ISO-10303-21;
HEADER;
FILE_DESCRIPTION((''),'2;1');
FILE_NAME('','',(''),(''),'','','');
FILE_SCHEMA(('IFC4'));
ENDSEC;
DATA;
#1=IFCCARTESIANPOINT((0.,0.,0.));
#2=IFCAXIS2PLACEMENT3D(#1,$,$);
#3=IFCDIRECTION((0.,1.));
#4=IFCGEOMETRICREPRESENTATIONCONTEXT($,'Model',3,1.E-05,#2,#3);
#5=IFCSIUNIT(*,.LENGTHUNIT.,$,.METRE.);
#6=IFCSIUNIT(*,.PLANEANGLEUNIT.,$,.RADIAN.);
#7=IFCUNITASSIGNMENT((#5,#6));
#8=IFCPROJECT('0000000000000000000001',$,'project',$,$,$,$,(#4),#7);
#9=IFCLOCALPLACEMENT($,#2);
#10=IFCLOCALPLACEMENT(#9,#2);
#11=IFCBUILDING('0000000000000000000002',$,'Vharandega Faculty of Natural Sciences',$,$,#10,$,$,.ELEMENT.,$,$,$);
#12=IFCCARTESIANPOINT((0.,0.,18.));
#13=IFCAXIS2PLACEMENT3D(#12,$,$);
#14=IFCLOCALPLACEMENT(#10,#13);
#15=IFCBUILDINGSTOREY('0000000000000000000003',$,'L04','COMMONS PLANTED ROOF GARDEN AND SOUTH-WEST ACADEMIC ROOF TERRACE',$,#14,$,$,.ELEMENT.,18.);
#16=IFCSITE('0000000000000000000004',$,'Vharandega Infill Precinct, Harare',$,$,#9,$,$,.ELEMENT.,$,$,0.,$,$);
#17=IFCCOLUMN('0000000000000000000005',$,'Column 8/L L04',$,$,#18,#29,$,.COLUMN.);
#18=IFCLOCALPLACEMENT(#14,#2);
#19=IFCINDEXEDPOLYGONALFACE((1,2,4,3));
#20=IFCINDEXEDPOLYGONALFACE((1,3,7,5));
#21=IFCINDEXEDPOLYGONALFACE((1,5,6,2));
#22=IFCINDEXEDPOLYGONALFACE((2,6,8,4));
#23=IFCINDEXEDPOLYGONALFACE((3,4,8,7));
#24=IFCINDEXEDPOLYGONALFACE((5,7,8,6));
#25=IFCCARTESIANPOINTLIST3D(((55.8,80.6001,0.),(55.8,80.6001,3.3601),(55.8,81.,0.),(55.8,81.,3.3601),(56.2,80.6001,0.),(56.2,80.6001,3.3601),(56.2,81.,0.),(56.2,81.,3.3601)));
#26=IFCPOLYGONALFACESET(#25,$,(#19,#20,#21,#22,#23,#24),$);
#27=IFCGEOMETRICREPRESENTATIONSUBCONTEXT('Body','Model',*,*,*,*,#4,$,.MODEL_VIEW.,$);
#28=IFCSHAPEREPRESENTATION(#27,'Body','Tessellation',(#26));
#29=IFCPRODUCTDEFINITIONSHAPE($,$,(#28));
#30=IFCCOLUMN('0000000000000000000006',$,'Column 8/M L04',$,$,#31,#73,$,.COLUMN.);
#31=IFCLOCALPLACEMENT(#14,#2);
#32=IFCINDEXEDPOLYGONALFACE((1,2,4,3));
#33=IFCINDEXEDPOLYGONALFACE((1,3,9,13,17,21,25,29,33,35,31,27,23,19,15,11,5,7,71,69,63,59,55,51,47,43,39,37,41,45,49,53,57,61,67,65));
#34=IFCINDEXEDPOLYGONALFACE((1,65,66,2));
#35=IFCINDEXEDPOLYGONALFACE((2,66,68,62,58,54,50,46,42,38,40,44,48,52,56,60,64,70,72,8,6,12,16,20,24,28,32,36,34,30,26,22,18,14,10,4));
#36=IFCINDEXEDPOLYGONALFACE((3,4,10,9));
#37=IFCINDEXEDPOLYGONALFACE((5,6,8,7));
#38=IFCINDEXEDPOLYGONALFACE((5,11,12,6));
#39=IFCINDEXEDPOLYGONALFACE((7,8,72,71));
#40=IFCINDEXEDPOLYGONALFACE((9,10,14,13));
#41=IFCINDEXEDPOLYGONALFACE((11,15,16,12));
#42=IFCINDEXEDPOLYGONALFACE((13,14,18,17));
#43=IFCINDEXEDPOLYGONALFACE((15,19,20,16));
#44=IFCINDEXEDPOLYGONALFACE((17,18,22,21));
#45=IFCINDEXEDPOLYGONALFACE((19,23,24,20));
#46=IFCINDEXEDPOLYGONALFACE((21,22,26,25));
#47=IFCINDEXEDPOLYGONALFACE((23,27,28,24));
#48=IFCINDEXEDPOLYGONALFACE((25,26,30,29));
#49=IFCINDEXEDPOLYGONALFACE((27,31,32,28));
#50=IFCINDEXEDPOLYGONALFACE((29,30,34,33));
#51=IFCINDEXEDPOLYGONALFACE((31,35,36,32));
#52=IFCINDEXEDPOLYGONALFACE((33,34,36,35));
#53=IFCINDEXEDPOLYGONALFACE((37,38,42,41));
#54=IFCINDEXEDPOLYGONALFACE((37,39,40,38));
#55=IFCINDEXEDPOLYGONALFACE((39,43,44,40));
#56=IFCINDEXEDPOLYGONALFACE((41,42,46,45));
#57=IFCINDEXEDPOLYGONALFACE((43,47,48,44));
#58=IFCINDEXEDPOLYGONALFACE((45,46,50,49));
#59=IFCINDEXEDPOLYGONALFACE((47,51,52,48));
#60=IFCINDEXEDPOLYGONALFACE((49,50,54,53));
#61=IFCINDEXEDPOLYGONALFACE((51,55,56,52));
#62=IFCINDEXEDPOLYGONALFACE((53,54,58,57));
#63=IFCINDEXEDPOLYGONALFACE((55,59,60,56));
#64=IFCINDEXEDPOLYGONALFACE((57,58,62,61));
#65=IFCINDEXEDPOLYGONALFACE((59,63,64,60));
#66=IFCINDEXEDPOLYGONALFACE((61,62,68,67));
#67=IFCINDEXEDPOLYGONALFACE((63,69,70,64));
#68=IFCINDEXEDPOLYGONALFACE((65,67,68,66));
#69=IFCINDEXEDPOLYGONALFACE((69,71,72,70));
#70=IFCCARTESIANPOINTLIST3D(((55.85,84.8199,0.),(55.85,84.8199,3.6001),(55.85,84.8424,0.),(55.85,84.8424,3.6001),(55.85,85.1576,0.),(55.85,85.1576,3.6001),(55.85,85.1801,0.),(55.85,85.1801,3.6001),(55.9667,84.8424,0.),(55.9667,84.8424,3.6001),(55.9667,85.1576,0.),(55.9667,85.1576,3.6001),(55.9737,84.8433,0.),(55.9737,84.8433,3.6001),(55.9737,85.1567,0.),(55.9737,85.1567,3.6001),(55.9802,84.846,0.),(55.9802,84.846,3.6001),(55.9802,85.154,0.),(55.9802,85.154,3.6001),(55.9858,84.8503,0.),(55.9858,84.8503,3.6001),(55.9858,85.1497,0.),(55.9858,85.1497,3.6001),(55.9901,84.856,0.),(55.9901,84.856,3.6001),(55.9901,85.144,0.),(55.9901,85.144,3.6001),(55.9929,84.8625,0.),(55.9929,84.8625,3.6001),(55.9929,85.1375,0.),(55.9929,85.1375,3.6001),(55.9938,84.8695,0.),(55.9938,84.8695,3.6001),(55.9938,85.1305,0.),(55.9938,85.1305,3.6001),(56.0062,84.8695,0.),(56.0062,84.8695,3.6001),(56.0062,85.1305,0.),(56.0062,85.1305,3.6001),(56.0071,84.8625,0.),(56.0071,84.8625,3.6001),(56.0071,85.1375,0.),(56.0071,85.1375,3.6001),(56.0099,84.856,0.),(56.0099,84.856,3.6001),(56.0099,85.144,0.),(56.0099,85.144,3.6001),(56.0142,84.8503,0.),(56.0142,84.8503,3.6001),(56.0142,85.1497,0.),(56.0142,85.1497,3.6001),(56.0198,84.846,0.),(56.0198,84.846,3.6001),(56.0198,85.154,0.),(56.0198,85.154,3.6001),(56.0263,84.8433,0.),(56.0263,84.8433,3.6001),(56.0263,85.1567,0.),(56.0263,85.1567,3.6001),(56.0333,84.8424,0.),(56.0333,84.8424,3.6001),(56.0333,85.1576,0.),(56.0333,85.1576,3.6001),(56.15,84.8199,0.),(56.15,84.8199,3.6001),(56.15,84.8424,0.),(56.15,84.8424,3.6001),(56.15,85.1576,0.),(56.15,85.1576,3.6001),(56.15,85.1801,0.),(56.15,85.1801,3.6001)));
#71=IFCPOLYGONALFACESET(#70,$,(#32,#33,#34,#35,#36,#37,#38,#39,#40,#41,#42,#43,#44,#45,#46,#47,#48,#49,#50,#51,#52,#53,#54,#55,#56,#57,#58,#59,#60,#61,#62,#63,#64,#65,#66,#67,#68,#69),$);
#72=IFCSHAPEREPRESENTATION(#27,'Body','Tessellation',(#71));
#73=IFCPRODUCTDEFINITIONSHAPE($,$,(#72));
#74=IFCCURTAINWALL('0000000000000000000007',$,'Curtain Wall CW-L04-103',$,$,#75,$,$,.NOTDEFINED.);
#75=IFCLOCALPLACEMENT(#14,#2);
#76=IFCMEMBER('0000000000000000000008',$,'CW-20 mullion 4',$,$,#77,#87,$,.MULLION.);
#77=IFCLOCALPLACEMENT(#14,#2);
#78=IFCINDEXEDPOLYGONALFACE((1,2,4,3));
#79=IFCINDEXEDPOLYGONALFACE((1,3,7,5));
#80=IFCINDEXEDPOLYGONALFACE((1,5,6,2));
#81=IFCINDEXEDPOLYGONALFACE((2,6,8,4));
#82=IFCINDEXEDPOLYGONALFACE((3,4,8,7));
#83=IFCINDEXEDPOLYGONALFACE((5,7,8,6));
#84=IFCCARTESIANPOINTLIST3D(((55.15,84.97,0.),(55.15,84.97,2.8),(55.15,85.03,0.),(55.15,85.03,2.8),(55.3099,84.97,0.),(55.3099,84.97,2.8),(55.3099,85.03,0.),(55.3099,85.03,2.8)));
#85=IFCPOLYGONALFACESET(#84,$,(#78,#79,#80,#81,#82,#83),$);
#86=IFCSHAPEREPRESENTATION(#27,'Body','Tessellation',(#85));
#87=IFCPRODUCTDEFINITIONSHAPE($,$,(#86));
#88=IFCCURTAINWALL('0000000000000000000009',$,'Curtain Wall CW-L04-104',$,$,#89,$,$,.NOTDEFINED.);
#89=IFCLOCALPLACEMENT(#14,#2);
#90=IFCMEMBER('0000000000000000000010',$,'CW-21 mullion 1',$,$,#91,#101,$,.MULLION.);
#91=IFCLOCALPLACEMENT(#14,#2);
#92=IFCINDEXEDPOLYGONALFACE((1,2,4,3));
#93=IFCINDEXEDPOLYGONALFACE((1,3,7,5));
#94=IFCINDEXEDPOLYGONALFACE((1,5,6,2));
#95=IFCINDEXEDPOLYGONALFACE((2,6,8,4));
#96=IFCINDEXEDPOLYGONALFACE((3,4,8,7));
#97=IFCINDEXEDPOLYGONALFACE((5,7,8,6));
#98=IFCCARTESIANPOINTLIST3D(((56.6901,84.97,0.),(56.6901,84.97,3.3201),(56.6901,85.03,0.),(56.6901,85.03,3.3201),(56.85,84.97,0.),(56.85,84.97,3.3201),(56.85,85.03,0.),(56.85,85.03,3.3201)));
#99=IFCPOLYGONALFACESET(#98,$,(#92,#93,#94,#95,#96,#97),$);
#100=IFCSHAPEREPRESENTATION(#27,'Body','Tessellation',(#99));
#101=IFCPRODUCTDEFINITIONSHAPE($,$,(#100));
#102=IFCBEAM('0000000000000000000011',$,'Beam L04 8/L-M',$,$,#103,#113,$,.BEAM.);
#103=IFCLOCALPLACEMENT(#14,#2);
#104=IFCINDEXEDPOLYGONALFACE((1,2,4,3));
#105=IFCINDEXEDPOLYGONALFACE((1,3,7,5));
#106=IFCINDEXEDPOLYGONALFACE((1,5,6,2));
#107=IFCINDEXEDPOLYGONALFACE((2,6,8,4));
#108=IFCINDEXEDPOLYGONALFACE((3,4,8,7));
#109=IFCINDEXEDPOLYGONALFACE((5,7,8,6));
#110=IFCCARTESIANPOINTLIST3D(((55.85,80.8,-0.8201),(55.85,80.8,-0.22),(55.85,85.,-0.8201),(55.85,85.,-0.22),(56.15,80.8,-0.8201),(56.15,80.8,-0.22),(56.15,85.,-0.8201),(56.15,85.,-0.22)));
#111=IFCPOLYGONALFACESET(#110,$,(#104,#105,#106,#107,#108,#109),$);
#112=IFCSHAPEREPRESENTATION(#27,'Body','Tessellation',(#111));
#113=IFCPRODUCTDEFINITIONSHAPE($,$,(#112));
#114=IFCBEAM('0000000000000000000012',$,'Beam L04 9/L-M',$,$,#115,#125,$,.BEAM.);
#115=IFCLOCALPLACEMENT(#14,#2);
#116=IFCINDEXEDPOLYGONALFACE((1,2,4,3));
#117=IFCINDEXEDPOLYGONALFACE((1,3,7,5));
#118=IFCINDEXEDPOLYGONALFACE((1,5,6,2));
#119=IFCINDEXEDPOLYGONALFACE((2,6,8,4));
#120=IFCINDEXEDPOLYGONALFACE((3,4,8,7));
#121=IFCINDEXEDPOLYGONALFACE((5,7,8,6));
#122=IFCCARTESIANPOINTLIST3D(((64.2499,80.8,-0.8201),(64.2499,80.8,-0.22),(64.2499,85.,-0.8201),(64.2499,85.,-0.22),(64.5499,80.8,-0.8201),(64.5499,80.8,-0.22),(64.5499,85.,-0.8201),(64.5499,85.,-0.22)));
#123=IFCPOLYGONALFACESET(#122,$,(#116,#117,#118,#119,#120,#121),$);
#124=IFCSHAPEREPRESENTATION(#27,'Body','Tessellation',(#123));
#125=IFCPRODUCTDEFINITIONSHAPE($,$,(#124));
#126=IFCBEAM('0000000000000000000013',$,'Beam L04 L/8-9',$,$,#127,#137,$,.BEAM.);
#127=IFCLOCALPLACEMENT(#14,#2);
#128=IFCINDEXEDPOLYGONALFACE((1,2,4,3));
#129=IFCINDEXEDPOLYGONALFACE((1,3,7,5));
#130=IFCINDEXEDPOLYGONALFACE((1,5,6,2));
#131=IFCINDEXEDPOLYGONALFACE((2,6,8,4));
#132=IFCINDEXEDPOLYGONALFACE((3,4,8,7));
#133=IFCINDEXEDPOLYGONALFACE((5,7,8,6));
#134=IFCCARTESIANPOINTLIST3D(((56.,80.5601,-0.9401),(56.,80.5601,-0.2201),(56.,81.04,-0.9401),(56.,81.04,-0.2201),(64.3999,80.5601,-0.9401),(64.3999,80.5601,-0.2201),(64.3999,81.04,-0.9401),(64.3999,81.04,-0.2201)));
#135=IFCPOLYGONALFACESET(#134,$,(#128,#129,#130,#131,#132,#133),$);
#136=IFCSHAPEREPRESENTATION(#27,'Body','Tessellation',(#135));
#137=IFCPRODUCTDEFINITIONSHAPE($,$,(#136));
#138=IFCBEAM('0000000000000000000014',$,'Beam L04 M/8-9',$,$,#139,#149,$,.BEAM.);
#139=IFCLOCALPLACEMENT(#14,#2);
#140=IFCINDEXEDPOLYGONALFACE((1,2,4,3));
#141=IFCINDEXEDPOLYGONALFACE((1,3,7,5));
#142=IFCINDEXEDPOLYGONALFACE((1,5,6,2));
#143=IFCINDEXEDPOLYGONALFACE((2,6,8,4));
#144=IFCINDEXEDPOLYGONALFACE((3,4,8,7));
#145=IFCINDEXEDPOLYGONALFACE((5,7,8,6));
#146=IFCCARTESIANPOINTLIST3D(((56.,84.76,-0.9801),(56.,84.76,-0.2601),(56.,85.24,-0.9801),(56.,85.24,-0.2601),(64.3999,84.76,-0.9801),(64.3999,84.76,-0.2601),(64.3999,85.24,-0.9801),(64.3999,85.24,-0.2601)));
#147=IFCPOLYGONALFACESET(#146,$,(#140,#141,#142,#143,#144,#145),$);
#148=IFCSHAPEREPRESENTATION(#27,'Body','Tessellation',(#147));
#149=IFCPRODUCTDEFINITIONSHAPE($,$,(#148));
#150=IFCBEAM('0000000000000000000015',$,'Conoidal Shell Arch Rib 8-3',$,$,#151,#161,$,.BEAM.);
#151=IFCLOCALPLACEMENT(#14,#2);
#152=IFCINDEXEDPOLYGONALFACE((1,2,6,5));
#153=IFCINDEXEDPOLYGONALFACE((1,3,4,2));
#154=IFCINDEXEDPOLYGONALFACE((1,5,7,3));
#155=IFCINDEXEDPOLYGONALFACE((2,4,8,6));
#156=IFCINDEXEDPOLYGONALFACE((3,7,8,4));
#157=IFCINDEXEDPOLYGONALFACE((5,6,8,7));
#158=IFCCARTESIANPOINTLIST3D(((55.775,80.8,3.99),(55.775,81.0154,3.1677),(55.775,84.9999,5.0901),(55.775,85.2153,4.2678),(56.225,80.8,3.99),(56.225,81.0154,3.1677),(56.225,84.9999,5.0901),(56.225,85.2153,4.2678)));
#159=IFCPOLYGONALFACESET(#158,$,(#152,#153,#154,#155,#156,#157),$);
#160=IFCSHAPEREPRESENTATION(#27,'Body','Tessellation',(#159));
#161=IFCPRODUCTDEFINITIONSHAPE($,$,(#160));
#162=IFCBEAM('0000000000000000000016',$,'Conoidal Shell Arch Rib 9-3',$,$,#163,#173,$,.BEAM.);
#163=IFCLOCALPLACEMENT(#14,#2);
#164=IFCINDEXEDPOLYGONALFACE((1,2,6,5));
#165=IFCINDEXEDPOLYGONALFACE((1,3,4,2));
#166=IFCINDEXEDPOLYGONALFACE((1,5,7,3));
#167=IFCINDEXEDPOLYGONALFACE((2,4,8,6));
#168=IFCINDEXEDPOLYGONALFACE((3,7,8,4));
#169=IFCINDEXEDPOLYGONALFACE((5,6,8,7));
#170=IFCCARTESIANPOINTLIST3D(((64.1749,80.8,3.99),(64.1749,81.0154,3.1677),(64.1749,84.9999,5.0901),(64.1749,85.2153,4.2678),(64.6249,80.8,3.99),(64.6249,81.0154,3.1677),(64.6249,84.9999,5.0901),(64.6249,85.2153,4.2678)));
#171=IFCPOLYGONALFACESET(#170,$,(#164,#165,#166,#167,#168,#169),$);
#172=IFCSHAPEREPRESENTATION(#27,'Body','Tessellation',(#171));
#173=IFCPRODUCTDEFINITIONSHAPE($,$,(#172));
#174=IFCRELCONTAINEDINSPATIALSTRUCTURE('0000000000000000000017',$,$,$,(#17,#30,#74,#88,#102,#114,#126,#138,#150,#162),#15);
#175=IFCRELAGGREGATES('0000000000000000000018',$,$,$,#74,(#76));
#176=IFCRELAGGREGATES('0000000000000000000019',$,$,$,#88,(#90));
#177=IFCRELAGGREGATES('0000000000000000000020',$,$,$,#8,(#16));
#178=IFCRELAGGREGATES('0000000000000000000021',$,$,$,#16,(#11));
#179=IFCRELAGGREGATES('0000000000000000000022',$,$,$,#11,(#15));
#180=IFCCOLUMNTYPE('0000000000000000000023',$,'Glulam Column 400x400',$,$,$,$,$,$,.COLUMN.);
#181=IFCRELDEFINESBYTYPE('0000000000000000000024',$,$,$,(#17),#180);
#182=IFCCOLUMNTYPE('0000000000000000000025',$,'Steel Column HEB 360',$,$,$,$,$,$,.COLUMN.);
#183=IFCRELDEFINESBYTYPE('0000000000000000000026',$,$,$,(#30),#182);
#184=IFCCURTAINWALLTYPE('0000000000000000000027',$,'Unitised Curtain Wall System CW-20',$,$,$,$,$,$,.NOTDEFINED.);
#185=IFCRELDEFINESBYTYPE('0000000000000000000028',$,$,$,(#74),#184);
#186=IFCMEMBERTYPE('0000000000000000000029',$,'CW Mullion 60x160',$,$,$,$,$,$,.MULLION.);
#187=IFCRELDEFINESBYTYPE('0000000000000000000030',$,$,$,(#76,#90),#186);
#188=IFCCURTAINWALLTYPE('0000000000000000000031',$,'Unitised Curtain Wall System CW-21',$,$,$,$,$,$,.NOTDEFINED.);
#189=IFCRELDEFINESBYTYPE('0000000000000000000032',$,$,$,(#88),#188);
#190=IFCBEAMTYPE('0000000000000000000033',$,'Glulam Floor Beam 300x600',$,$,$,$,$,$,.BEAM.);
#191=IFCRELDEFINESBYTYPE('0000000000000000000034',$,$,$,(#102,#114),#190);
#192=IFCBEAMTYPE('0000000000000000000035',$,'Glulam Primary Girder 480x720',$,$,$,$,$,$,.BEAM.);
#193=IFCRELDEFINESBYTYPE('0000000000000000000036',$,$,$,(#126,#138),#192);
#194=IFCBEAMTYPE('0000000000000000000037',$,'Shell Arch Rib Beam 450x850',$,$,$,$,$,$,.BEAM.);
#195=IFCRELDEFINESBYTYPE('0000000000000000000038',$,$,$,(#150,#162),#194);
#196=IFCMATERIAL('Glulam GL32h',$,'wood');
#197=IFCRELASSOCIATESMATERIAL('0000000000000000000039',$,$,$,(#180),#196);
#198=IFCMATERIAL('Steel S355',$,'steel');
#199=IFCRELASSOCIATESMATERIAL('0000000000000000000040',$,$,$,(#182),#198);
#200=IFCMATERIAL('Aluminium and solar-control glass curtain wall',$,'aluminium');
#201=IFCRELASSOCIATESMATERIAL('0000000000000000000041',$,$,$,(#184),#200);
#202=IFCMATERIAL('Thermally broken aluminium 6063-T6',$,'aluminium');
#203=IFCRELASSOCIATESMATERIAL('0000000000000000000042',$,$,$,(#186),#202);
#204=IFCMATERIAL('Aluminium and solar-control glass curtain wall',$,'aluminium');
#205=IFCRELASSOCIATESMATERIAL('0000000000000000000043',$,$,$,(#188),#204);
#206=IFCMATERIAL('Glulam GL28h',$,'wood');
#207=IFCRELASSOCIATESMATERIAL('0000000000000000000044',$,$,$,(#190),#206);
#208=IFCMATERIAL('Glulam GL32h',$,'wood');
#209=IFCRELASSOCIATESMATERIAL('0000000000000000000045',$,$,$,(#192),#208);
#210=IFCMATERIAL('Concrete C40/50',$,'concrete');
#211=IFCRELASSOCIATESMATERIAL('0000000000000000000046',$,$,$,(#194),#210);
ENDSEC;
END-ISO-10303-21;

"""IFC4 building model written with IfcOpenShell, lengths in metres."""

from ifc_helpers import new_model, si_unit, direction, frame, origin, origin_2d, place, context, subcontext, project, spatial, rectangle, i_section, extrude, material, material_profile, profile_set, type_object, element, aggregate, save


model = new_model("IFC4")

# Units and contexts
model_context = context("Model", 3, precision=1e-05, world=origin(), true_north=direction((0.0, 1.0)))
body_context = subcontext(model_context, "Body", "Model", "MODEL_VIEW")
ifc_project = project(units=[si_unit("LENGTHUNIT", "METRE"), si_unit("PLANEANGLEUNIT", "RADIAN")], contexts=[model_context])

# Site, building, storey
site_placement = place(None, origin())
site = spatial("IfcSite", under=ifc_project, at=site_placement, Name="Vharandega Infill Precinct, Harare", CompositionType="ELEMENT", RefElevation=0.0)
building_placement = place(site_placement, origin())
building = spatial("IfcBuilding", under=site, at=building_placement, Name="Vharandega Faculty of Natural Sciences", CompositionType="ELEMENT")
storey_placement = place(building_placement, frame((0.0, 0.0, 18.0)))
storey = spatial("IfcBuildingStorey", under=building, at=storey_placement, Name="L04", Description="COMMONS PLANTED ROOF GARDEN AND SOUTH-WEST ACADEMIC ROOF TERRACE", CompositionType="ELEMENT", Elevation=18.0)

# Columns
ifc_material_1 = material(Name="Glulam GL32h", Category="wood")
ifc_material_profile_1 = material_profile(ifc_material_1, rectangle(XDim=0.3999, YDim=0.3999, at=origin_2d()), Name="GL32h 400x400")
ifc_profile_set_1 = profile_set([ifc_material_profile_1], Name="Glulam GL32h")
column_type_1 = type_object("IfcColumnType", Name="Glulam Column 400x400", PredefinedType="COLUMN", material=ifc_profile_set_1)
column_1_placement = place(storey_placement, frame((56.0, 80.8, 0.0), z_axis=(0.0, 0.0, 1.0), x_axis=(1.0, 0.0, 0.0)))
element("IfcColumn", 1, at=column_1_placement, inside=storey, type_object=column_type_1, Name="Column 8/L L04", PredefinedType="COLUMN", context=body_context, shape_type="SweptSolid", body=[
    extrude(rectangle(XDim=0.3999, YDim=0.3999, at=origin_2d()), origin(), (0.0, 0.0, 1.0), 3.3601),
])
ifc_material_2 = material(Name="Steel S355", Category="steel")
ifc_material_profile_2 = material_profile(ifc_material_2, i_section(OverallWidth=0.3, OverallDepth=0.3601, WebThickness=0.0125, FlangeThickness=0.0225, FilletRadius=0.0271, at=origin_2d()), Name="HEB 360")
ifc_profile_set_2 = profile_set([ifc_material_profile_2], Name="Steel S355")
column_type_2 = type_object("IfcColumnType", Name="Steel Column HEB 360", PredefinedType="COLUMN", material=ifc_profile_set_2)
column_2_placement = place(storey_placement, frame((56.0, 85.0, 0.0), z_axis=(0.0, 0.0, 1.0), x_axis=(1.0, 0.0, 0.0)))
element("IfcColumn", 2, at=column_2_placement, inside=storey, type_object=column_type_2, Name="Column 8/M L04", PredefinedType="COLUMN", context=body_context, shape_type="SweptSolid", body=[
    extrude(i_section(OverallWidth=0.3, OverallDepth=0.3601, WebThickness=0.0125, FlangeThickness=0.0225, FilletRadius=0.0271, at=origin_2d()), origin(), (0.0, 0.0, 1.0), 3.6001),
])

# Curtain walls, members
ifc_material_3 = material(Name="Aluminium and solar-control glass curtain wall", Category="aluminium")
curtain_wall_type_1 = type_object("IfcCurtainWallType", Name="Unitised Curtain Wall System CW-20", PredefinedType="NOTDEFINED", material=ifc_material_3)
curtain_wall_1_placement = place(storey_placement, origin())
curtain_wall_1 = element("IfcCurtainWall", 3, at=curtain_wall_1_placement, inside=storey, type_object=curtain_wall_type_1, Name="Curtain Wall CW-L04-103", PredefinedType="NOTDEFINED")
ifc_material_4 = material(Name="Thermally broken aluminium 6063-T6", Category="aluminium")
ifc_material_profile_3 = material_profile(ifc_material_4, rectangle(XDim=0.0601, YDim=0.1599, at=origin_2d()), Name="ALU 60x160")
ifc_profile_set_3 = profile_set([ifc_material_profile_3], Name="Thermally broken aluminium 6063-T6")
member_type_1 = type_object("IfcMemberType", Name="CW Mullion 60x160", PredefinedType="MULLION", material=ifc_profile_set_3)
member_1_placement = place(storey_placement, frame((55.23, 85.0, 0.0), z_axis=(0.0, 0.0, 1.0), x_axis=(0.0, 1.0, 0.0)))
member_1 = element("IfcMember", 4, at=member_1_placement, type_object=member_type_1, Name="CW-20 mullion 4", PredefinedType="MULLION", context=body_context, shape_type="SweptSolid", body=[
    extrude(rectangle(XDim=0.0601, YDim=0.1599, at=origin_2d()), origin(), (0.0, 0.0, 1.0), 2.8),
])
aggregate(curtain_wall_1, [member_1])
ifc_material_5 = material(Name="Aluminium and solar-control glass curtain wall", Category="aluminium")
curtain_wall_type_2 = type_object("IfcCurtainWallType", Name="Unitised Curtain Wall System CW-21", PredefinedType="NOTDEFINED", material=ifc_material_5)
curtain_wall_2_placement = place(storey_placement, origin())
curtain_wall_2 = element("IfcCurtainWall", 5, at=curtain_wall_2_placement, inside=storey, type_object=curtain_wall_type_2, Name="Curtain Wall CW-L04-104", PredefinedType="NOTDEFINED")
member_2_placement = place(storey_placement, frame((56.77, 85.0, 0.0), z_axis=(0.0, 0.0, 1.0), x_axis=(0.0, 1.0, 0.0)))
member_2 = element("IfcMember", 6, at=member_2_placement, type_object=member_type_1, Name="CW-21 mullion 1", PredefinedType="MULLION", context=body_context, shape_type="SweptSolid", body=[
    extrude(rectangle(XDim=0.0601, YDim=0.1599, at=origin_2d()), origin(), (0.0, 0.0, 1.0), 3.3201),
])
aggregate(curtain_wall_2, [member_2])

# Beams
ifc_material_6 = material(Name="Glulam GL28h", Category="wood")
ifc_material_profile_4 = material_profile(ifc_material_6, rectangle(XDim=0.3, YDim=0.6001, at=origin_2d()), Name="GL28h 300x600")
ifc_profile_set_4 = profile_set([ifc_material_profile_4], Name="Glulam GL28h")
beam_type_1 = type_object("IfcBeamType", Name="Glulam Floor Beam 300x600", PredefinedType="BEAM", material=ifc_profile_set_4)
for number, where, z_axis, x_axis, name in (
    (7, (56.0, 80.8, -0.52), (0.0, 1.0, 0.0), (-1.0, 0.0, 0.0), "Beam L04 8/L-M"),
    (8, (64.3999, 80.8, -0.52), (0.0, 1.0, 0.0), (-1.0, 0.0, 0.0), "Beam L04 9/L-M"),
):
    element("IfcBeam", number, at=place(storey_placement, frame(where, z_axis=z_axis, x_axis=x_axis)), inside=storey, type_object=beam_type_1, Name=name, PredefinedType="BEAM", context=body_context, shape_type="SweptSolid", body=[
        extrude(rectangle(XDim=0.3, YDim=0.6001, at=origin_2d()), origin(), (0.0, 0.0, 1.0), 4.2),
    ])
ifc_material_7 = material(Name="Glulam GL32h", Category="wood")
ifc_material_profile_5 = material_profile(ifc_material_7, rectangle(XDim=0.48, YDim=0.72, at=origin_2d()), Name="GL32h 480x720")
ifc_profile_set_5 = profile_set([ifc_material_profile_5], Name="Glulam GL32h")
beam_type_2 = type_object("IfcBeamType", Name="Glulam Primary Girder 480x720", PredefinedType="BEAM", material=ifc_profile_set_5)
for number, where, z_axis, x_axis, name in (
    (9, (56.0, 80.8, -0.5801), (1.0, 0.0, 0.0), (0.0, 1.0, 0.0), "Beam L04 L/8-9"),
    (10, (56.0, 85.0, -0.6201), (1.0, 0.0, 0.0), (0.0, 1.0, 0.0), "Beam L04 M/8-9"),
):
    element("IfcBeam", number, at=place(storey_placement, frame(where, z_axis=z_axis, x_axis=x_axis)), inside=storey, type_object=beam_type_2, Name=name, PredefinedType="BEAM", context=body_context, shape_type="SweptSolid", body=[
        extrude(rectangle(XDim=0.48, YDim=0.72, at=origin_2d()), origin(), (0.0, 0.0, 1.0), 8.3999),
    ])
ifc_material_8 = material(Name="Concrete C40/50", Category="concrete")
ifc_material_profile_6 = material_profile(ifc_material_8, rectangle(XDim=0.45, YDim=0.8501, at=origin_2d()), Name="RC 450x850")
ifc_profile_set_6 = profile_set([ifc_material_profile_6], Name="Concrete C40/50")
beam_type_3 = type_object("IfcBeamType", Name="Shell Arch Rib Beam 450x850", PredefinedType="BEAM", material=ifc_profile_set_6)
for number, where, z_axis, x_axis, name in (
    (11, (56.0, 80.9077, 3.5789), (0.0, 0.967366, 0.253383), (-1.0, 0.0, 0.0), "Conoidal Shell Arch Rib 8-3"),
    (12, (64.3999, 80.9077, 3.5789), (0.0, 0.967366, 0.253383), (-1.0, 0.0, 0.0), "Conoidal Shell Arch Rib 9-3"),
):
    element("IfcBeam", number, at=place(storey_placement, frame(where, z_axis=z_axis, x_axis=x_axis)), inside=storey, type_object=beam_type_3, Name=name, PredefinedType="BEAM", context=body_context, shape_type="SweptSolid", body=[
        extrude(rectangle(XDim=0.45, YDim=0.8501, at=origin_2d()), origin(), (0.0, 0.0, 1.0), 4.3416),
    ])

save(model, "model.ifc")
